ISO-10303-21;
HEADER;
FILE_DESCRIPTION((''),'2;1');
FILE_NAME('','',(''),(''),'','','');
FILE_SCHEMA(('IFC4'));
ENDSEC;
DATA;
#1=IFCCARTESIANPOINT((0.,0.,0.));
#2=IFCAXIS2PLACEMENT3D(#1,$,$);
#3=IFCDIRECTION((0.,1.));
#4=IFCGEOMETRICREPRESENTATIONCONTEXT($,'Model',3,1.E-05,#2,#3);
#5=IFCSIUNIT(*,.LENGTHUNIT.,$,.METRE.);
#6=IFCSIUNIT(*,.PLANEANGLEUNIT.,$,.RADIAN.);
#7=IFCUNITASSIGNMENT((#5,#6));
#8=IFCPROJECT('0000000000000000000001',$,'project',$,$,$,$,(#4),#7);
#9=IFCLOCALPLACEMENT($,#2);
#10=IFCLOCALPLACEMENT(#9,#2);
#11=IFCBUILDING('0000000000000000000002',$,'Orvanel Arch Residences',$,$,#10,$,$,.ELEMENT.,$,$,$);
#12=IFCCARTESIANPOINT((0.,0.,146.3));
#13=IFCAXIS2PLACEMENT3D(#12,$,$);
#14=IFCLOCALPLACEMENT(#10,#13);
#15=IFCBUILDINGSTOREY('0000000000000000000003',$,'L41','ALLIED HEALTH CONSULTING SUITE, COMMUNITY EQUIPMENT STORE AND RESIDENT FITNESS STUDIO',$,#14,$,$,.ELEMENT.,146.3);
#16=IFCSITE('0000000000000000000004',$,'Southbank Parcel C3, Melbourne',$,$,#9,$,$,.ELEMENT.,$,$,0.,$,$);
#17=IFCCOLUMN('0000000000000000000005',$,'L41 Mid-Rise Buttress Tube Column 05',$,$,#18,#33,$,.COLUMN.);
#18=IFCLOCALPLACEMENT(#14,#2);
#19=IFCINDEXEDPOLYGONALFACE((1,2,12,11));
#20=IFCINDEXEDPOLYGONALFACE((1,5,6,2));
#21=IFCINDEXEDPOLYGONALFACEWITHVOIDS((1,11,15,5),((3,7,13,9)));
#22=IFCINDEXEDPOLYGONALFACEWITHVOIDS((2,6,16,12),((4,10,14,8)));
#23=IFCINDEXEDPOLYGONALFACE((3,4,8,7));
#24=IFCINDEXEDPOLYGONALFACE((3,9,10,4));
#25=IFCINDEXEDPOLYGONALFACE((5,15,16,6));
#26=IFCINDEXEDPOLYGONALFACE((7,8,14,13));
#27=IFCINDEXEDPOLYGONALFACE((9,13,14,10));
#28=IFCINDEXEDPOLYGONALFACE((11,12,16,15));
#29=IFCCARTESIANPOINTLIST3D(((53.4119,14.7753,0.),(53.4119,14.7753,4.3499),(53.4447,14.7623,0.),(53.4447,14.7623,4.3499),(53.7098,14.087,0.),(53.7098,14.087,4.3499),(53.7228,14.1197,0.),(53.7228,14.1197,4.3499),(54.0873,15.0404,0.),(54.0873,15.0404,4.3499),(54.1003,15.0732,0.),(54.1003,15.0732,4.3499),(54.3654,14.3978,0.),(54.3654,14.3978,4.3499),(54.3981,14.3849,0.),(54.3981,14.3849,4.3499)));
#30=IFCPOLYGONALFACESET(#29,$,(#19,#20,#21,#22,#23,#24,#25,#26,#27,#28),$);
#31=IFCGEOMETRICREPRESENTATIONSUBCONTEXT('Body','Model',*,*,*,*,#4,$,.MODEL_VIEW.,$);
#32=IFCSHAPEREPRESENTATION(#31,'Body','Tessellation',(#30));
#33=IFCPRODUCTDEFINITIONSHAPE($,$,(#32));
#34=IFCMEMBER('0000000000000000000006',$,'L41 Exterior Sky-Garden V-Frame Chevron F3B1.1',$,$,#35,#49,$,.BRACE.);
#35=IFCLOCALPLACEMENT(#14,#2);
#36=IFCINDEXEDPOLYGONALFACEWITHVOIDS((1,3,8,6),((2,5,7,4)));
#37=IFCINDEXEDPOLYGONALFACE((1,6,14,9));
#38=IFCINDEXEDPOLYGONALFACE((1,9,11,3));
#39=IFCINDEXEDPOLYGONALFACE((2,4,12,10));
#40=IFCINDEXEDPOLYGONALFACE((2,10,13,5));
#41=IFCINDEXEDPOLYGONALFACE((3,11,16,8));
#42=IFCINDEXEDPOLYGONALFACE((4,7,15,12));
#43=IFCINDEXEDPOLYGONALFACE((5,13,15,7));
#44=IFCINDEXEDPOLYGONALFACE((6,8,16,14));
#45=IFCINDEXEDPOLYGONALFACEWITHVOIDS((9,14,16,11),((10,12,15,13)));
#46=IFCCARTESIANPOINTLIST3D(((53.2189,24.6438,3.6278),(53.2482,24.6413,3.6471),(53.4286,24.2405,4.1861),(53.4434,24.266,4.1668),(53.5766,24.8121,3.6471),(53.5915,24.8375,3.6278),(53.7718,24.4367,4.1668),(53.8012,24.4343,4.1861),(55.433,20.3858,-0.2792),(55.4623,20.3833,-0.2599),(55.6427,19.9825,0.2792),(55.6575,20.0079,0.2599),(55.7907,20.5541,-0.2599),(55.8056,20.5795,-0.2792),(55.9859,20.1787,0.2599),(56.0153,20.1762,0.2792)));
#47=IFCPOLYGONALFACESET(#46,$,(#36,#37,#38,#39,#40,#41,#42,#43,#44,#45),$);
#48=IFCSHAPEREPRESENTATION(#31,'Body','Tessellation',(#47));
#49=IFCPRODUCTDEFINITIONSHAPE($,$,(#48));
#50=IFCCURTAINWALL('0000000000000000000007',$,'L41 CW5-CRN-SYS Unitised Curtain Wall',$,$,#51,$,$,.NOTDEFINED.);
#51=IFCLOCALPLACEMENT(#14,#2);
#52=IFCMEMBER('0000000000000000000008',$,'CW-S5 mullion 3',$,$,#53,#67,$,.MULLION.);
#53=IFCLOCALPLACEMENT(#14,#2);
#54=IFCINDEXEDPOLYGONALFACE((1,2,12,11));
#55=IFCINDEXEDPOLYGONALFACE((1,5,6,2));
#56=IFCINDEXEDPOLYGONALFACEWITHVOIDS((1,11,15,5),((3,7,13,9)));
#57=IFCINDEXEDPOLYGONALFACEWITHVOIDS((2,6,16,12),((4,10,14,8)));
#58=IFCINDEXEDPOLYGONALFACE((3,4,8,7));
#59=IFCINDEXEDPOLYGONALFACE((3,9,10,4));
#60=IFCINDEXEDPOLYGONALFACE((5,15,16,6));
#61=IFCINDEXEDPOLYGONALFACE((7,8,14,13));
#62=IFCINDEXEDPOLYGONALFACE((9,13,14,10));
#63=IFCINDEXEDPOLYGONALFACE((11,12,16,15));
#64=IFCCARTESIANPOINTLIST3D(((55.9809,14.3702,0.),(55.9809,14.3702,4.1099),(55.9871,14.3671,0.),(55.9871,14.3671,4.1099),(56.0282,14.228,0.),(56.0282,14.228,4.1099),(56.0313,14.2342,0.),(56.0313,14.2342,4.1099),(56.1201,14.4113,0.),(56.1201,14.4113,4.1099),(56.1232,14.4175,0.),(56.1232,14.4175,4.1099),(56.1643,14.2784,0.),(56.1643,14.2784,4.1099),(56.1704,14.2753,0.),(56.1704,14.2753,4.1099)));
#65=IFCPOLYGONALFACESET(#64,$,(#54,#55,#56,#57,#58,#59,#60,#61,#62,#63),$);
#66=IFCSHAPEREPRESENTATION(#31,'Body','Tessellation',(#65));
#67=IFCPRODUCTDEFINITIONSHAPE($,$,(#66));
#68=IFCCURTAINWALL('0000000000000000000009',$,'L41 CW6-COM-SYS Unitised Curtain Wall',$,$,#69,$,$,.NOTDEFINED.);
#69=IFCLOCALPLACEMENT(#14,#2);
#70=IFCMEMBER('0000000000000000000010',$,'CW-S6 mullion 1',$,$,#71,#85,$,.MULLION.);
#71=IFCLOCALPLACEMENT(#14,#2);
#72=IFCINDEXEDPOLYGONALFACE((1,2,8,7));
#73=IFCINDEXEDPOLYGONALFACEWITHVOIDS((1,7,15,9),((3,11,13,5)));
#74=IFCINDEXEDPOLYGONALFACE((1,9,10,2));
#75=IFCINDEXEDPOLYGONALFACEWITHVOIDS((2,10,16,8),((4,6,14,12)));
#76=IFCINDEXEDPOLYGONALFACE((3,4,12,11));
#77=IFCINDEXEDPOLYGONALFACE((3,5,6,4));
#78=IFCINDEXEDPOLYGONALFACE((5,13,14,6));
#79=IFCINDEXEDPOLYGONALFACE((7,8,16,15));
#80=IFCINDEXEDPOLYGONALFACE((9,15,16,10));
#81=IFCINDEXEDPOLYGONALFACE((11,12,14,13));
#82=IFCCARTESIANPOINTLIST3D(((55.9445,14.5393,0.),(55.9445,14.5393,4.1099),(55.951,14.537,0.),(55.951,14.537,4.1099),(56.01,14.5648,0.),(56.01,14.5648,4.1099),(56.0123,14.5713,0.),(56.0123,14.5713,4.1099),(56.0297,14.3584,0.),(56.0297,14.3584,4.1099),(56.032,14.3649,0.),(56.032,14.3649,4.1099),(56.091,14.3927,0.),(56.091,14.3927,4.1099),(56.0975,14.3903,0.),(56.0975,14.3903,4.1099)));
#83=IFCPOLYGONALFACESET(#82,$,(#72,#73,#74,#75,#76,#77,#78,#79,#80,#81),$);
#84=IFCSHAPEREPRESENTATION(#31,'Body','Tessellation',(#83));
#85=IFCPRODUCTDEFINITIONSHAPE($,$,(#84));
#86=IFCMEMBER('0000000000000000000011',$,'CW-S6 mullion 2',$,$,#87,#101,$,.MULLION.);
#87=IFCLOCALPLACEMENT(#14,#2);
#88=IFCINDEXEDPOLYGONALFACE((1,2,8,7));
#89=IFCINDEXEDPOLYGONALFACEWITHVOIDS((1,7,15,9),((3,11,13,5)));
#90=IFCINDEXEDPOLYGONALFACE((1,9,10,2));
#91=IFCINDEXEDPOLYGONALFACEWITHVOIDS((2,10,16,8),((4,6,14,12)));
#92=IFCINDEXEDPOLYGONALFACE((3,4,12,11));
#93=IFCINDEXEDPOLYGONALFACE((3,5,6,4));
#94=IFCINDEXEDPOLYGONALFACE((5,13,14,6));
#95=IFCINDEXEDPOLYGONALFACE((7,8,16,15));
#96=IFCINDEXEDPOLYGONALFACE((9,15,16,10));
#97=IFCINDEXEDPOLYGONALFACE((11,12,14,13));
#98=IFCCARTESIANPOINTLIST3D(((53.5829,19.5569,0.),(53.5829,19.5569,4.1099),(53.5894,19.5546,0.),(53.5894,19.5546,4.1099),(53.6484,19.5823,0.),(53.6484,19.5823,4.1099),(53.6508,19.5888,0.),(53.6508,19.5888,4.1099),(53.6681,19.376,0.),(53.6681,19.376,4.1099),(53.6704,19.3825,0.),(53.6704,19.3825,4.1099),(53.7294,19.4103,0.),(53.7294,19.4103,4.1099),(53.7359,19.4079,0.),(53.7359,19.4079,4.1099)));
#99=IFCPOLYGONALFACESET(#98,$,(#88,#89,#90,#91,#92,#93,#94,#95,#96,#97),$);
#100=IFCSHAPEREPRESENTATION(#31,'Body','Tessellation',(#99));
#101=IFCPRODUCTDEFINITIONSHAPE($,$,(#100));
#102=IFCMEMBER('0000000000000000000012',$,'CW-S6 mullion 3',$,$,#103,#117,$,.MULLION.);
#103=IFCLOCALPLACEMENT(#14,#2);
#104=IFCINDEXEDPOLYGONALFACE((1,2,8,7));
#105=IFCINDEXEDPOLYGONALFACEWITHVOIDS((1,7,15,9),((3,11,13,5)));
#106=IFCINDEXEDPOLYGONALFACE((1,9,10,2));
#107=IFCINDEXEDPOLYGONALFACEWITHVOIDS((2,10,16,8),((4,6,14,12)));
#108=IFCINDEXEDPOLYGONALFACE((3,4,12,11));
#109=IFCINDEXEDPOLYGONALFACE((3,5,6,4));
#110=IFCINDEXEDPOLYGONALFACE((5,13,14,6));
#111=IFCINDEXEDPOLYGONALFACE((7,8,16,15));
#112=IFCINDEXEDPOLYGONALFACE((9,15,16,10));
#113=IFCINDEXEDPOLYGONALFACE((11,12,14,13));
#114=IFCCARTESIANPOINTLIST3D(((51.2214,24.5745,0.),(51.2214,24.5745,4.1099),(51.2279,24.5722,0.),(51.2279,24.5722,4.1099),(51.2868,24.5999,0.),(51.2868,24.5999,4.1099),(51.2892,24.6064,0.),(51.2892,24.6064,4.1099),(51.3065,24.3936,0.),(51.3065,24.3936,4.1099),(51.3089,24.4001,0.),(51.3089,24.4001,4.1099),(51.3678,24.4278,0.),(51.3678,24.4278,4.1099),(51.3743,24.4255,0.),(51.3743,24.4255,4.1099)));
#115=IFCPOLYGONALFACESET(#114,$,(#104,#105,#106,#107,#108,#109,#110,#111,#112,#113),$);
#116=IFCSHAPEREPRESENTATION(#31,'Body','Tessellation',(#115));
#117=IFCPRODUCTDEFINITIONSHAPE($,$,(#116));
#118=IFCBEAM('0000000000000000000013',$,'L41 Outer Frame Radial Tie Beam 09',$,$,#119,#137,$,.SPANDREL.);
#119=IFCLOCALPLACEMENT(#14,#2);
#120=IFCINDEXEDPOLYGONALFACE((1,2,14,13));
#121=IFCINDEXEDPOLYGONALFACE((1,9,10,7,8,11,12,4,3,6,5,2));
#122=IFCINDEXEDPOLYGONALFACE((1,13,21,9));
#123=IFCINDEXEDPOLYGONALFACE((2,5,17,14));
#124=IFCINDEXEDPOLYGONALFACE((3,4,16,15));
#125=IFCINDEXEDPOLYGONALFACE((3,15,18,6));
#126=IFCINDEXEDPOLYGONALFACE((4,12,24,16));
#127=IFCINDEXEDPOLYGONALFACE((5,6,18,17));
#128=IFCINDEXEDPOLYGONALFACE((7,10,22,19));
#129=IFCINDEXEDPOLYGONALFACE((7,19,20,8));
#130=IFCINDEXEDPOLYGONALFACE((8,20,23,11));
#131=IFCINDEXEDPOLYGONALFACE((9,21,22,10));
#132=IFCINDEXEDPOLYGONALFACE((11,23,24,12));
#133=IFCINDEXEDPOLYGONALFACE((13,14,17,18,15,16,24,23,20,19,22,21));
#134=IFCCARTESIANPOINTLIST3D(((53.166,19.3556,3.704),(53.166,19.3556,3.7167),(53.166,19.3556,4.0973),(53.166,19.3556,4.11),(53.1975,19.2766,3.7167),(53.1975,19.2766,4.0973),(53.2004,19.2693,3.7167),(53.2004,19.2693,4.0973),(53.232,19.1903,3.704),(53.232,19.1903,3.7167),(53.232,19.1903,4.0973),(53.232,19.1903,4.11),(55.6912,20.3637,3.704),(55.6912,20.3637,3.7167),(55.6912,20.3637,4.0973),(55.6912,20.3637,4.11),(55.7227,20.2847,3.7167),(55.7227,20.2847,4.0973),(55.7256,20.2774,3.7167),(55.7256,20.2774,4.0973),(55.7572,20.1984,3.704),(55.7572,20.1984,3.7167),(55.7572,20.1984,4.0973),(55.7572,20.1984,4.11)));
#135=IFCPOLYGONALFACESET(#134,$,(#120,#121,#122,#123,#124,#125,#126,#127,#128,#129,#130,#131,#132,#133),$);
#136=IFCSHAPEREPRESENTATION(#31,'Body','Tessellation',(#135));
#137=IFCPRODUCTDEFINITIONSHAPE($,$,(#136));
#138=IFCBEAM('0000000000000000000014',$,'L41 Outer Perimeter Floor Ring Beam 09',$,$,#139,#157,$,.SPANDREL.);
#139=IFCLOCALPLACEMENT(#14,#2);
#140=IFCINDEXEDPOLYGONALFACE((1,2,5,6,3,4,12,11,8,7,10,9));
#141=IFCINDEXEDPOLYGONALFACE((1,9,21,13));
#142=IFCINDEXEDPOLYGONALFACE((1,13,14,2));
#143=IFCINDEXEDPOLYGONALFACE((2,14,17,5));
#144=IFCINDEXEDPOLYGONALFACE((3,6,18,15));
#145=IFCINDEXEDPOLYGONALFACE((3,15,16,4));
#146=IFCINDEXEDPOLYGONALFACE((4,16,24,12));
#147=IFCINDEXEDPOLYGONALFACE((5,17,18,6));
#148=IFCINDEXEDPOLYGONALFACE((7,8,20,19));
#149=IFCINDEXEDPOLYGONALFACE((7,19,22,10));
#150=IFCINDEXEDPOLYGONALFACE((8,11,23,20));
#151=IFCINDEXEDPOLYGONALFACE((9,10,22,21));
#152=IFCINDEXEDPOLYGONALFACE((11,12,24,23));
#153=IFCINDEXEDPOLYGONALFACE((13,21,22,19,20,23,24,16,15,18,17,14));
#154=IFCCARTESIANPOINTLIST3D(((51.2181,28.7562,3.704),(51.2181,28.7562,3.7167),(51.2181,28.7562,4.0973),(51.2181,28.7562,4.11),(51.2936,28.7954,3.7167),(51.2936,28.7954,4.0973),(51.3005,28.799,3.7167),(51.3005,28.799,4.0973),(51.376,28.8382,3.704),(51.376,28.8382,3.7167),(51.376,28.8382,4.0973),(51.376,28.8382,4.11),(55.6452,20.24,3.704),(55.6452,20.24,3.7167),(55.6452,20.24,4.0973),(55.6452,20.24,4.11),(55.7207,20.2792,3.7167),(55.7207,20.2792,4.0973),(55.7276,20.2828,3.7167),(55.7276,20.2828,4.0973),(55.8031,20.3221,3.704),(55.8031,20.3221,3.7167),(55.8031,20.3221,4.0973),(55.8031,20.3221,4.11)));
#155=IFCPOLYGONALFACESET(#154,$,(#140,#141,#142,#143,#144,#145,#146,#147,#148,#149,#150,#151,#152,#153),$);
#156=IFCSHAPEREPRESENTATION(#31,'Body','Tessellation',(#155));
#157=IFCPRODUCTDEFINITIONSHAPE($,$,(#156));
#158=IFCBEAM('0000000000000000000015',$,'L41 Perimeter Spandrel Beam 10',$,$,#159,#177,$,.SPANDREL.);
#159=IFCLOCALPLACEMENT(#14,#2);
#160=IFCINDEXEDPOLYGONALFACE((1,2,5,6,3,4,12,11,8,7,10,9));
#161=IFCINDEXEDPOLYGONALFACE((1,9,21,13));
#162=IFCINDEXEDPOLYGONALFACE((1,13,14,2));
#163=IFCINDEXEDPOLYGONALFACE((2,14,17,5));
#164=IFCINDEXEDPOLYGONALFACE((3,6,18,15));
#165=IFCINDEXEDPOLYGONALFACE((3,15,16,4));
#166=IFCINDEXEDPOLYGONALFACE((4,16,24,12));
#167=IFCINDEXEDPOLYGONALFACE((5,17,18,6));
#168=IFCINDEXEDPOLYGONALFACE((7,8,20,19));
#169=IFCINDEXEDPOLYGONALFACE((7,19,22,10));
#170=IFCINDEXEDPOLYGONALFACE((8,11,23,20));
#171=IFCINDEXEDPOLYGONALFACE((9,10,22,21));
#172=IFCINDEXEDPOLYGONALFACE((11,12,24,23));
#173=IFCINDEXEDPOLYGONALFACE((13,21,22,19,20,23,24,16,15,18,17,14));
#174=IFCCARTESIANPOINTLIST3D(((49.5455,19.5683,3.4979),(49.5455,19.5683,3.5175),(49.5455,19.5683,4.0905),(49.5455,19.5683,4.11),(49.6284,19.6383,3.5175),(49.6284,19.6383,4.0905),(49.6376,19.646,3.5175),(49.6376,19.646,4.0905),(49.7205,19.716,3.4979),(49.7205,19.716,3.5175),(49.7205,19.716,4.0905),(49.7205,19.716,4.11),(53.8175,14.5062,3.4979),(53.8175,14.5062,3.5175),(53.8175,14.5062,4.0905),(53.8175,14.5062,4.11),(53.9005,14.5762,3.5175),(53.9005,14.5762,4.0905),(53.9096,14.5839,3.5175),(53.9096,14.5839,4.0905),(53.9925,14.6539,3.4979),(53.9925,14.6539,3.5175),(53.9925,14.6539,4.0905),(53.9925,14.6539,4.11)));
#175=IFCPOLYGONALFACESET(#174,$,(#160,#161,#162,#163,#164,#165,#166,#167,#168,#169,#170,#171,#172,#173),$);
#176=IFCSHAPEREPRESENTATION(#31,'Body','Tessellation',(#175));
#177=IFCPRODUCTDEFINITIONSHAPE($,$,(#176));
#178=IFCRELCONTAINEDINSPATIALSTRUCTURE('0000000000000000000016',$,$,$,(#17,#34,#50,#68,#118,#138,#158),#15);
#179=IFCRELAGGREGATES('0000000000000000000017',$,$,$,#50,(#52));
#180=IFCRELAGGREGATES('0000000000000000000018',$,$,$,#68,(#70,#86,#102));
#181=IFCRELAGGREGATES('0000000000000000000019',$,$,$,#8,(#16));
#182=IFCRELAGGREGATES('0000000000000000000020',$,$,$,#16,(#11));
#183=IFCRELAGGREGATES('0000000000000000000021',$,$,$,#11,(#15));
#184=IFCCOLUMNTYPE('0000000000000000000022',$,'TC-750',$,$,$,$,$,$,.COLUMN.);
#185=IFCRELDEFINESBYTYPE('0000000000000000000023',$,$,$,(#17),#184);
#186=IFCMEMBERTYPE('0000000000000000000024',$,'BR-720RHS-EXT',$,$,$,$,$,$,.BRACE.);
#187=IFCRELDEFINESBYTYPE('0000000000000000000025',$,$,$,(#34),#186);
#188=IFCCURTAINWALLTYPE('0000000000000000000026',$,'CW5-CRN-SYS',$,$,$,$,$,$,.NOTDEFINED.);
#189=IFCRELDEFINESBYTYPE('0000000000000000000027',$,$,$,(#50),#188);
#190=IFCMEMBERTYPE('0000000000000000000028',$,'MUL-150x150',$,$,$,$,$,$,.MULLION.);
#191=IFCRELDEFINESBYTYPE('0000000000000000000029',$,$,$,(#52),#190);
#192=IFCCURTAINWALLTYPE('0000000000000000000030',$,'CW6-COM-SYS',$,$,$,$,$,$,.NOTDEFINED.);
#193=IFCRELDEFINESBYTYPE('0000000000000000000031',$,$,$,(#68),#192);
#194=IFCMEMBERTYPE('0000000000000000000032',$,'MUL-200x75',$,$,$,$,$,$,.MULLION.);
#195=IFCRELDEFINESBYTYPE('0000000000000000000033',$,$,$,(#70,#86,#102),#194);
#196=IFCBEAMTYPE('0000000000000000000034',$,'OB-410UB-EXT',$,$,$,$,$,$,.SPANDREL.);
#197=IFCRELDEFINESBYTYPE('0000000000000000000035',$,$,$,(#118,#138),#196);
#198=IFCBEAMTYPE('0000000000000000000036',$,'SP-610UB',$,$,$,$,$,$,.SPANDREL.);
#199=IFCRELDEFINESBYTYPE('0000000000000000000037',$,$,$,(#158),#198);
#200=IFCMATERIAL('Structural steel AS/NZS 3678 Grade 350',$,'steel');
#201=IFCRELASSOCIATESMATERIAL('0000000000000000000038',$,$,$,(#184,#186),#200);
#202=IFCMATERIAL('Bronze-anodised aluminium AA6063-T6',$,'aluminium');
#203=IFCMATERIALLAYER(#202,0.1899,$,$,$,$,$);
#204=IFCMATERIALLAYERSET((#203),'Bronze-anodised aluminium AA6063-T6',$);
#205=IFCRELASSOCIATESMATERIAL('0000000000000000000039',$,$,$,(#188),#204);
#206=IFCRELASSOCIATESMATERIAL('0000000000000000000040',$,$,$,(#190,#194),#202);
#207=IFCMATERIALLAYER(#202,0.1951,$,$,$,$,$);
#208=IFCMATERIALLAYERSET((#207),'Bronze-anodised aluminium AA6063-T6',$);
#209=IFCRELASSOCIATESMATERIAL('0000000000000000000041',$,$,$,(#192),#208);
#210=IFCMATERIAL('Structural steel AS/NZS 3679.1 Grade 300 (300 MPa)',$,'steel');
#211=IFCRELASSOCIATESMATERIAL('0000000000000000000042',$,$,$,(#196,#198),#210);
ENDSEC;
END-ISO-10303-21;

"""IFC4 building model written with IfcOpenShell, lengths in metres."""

from ifc_helpers import new_model, si_unit, direction, frame, origin, origin_2d, place, context, subcontext, project, spatial, hollow_rectangle, i_section, extrude, material, layer, layer_set, material_profile, profile_set, type_object, element, aggregate, save


model = new_model("IFC4")

# Units and contexts
model_context = context("Model", 3, precision=1e-05, world=origin(), true_north=direction((0.0, 1.0)))
body_context = subcontext(model_context, "Body", "Model", "MODEL_VIEW")
ifc_project = project(units=[si_unit("LENGTHUNIT", "METRE"), si_unit("PLANEANGLEUNIT", "RADIAN")], contexts=[model_context])

# Site, building, storey
site_placement = place(None, origin())
site = spatial("IfcSite", under=ifc_project, at=site_placement, Name="Southbank Parcel C3, Melbourne", CompositionType="ELEMENT", RefElevation=0.0)
building_placement = place(site_placement, origin())
building = spatial("IfcBuilding", under=site, at=building_placement, Name="Orvanel Arch Residences", CompositionType="ELEMENT")
storey_placement = place(building_placement, frame((0.0, 0.0, 146.3)))
storey = spatial("IfcBuildingStorey", under=building, at=storey_placement, Name="L41", Description="ALLIED HEALTH CONSULTING SUITE, COMMUNITY EQUIPMENT STORE AND RESIDENT FITNESS STUDIO", CompositionType="ELEMENT", Elevation=146.3)

# Column
ifc_material_1 = material(Name="Structural steel AS/NZS 3678 Grade 350", Category="steel")
ifc_material_profile_1 = material_profile(ifc_material_1, hollow_rectangle(XDim=0.75, YDim=0.75, WallThickness=0.0249, at=origin_2d()), Name="BOX750x750x25")
ifc_profile_set_1 = profile_set([ifc_material_profile_1], Name="Structural steel AS/NZS 3678 Grade 350")
column_type = type_object("IfcColumnType", Name="TC-750", PredefinedType="COLUMN", material=ifc_profile_set_1)
column_placement = place(storey_placement, frame((53.905, 14.5801, 0.0), z_axis=(0.0, 0.0, 1.0), x_axis=(-0.397148, 0.917755, 0.0)))
element("IfcColumn", 1, at=column_placement, inside=storey, type_object=column_type, Name="L41 Mid-Rise Buttress Tube Column 05", PredefinedType="COLUMN", context=body_context, shape_type="SweptSolid", body=[
    extrude(hollow_rectangle(XDim=0.75, YDim=0.75, WallThickness=0.0249, at=origin_2d()), origin(), (0.0, 0.0, 1.0), 4.3499),
])

# Member
ifc_material_profile_2 = material_profile(ifc_material_1, hollow_rectangle(XDim=0.4199, YDim=0.72, WallThickness=0.0249, at=origin_2d()), Name="RHS720x420x25")
ifc_profile_set_2 = profile_set([ifc_material_profile_2], Name="Structural steel AS/NZS 3678 Grade 350")
member_type_1 = type_object("IfcMemberType", Name="BR-720RHS-EXT", PredefinedType="BRACE", material=ifc_profile_set_2)
member_1_placement = place(storey_placement, frame((55.7241, 20.281, 0.0), z_axis=(-0.357777, 0.688057, 0.631327), x_axis=(-0.887223, -0.46134, 0.0)))
element("IfcMember", 2, at=member_1_placement, inside=storey, type_object=member_type_1, Name="L41 Exterior Sky-Garden V-Frame Chevron F3B1.1", PredefinedType="BRACE", context=body_context, shape_type="SweptSolid", body=[
    extrude(hollow_rectangle(XDim=0.4199, YDim=0.72, WallThickness=0.0249, at=origin_2d()), origin(), (0.0, 0.0, 1.0), 6.1885),
])

# Curtain wall, member
ifc_material_2 = material(Name="Bronze-anodised aluminium AA6063-T6", Category="aluminium")
ifc_layer_1 = layer(ifc_material_2, 0.1899)
ifc_layer_set_1 = layer_set([ifc_layer_1], Name="Bronze-anodised aluminium AA6063-T6")
curtain_wall_type_1 = type_object("IfcCurtainWallType", Name="CW5-CRN-SYS", PredefinedType="NOTDEFINED", material=ifc_layer_set_1)
curtain_wall_1_placement = place(storey_placement, origin())
curtain_wall_1 = element("IfcCurtainWall", 3, at=curtain_wall_1_placement, inside=storey, type_object=curtain_wall_type_1, Name="L41 CW5-CRN-SYS Unitised Curtain Wall", PredefinedType="NOTDEFINED")
ifc_material_profile_3 = material_profile(ifc_material_2, hollow_rectangle(XDim=0.1499, YDim=0.1499, WallThickness=0.0049, at=origin_2d()), Name="ALU150x150x5")
ifc_profile_set_3 = profile_set([ifc_material_profile_3], Name="Bronze-anodised aluminium AA6063-T6")
member_type_2 = type_object("IfcMemberType", Name="MUL-150x150", PredefinedType="MULLION", material=ifc_profile_set_3)
member_2_placement = place(storey_placement, frame((56.0757, 14.3228, 0.0), z_axis=(0.0, 0.0, 1.0), x_axis=(-0.948958, -0.315402, 0.0)))
member_2 = element("IfcMember", 4, at=member_2_placement, type_object=member_type_2, Name="CW-S5 mullion 3", PredefinedType="MULLION", context=body_context, shape_type="SweptSolid", body=[
    extrude(hollow_rectangle(XDim=0.1499, YDim=0.1499, WallThickness=0.0049, at=origin_2d()), origin(), (0.0, 0.0, 1.0), 4.1099),
])

# Curtain wall, members
ifc_layer_2 = layer(ifc_material_2, 0.1951)
ifc_layer_set_2 = layer_set([ifc_layer_2], Name="Bronze-anodised aluminium AA6063-T6")
curtain_wall_type_2 = type_object("IfcCurtainWallType", Name="CW6-COM-SYS", PredefinedType="NOTDEFINED", material=ifc_layer_set_2)
curtain_wall_2_placement = place(storey_placement, origin())
curtain_wall_2 = element("IfcCurtainWall", 5, at=curtain_wall_2_placement, inside=storey, type_object=curtain_wall_type_2, Name="L41 CW6-COM-SYS Unitised Curtain Wall", PredefinedType="NOTDEFINED")
ifc_material_profile_4 = material_profile(ifc_material_2, hollow_rectangle(XDim=0.075, YDim=0.2, WallThickness=0.0049, at=origin_2d()), Name="ALU200x75x5")
ifc_profile_set_4 = profile_set([ifc_material_profile_4], Name="Bronze-anodised aluminium AA6063-T6")
member_type_3 = type_object("IfcMemberType", Name="MUL-200x75", PredefinedType="MULLION", material=ifc_profile_set_4)
member_3_placement = place(storey_placement, frame((56.021, 14.4648, 0.0), z_axis=(0.0, 0.0, 1.0), x_axis=(-0.904796, -0.425844, 0.0)))
member_3 = element("IfcMember", 6, at=member_3_placement, type_object=member_type_3, Name="CW-S6 mullion 1", PredefinedType="MULLION", context=body_context, shape_type="SweptSolid", body=[
    extrude(hollow_rectangle(XDim=0.075, YDim=0.2, WallThickness=0.0049, at=origin_2d()), origin(), (0.0, 0.0, 1.0), 4.1099),
])
member_4_placement = place(storey_placement, frame((53.6594, 19.4824, 0.0), z_axis=(0.0, 0.0, 1.0), x_axis=(-0.904796, -0.425844, 0.0)))
member_4 = element("IfcMember", 7, at=member_4_placement, type_object=member_type_3, Name="CW-S6 mullion 2", PredefinedType="MULLION", context=body_context, shape_type="SweptSolid", body=[
    extrude(hollow_rectangle(XDim=0.075, YDim=0.2, WallThickness=0.0049, at=origin_2d()), origin(), (0.0, 0.0, 1.0), 4.1099),
])
member_5_placement = place(storey_placement, frame((51.2979, 24.5, 0.0), z_axis=(0.0, 0.0, 1.0), x_axis=(-0.904796, -0.425844, 0.0)))
member_5 = element("IfcMember", 8, at=member_5_placement, type_object=member_type_3, Name="CW-S6 mullion 3", PredefinedType="MULLION", context=body_context, shape_type="SweptSolid", body=[
    extrude(hollow_rectangle(XDim=0.075, YDim=0.2, WallThickness=0.0049, at=origin_2d()), origin(), (0.0, 0.0, 1.0), 4.1099),
])

# Beams
ifc_material_3 = material(Name="Structural steel AS/NZS 3679.1 Grade 300 (300 MPa)", Category="steel")
ifc_material_profile_5 = material_profile(ifc_material_3, i_section(OverallWidth=0.178, OverallDepth=0.406, WebThickness=0.0078, FlangeThickness=0.0127, at=origin_2d()), Name="410UB59.7")
ifc_profile_set_5 = profile_set([ifc_material_profile_5], Name="Structural steel AS/NZS 3679.1 Grade 300 (300 MPa)")
beam_type_1 = type_object("IfcBeamType", Name="OB-410UB-EXT", PredefinedType="SPANDREL", material=ifc_profile_set_5)
beam_1_placement = place(storey_placement, frame((53.199, 19.2729, 3.907), z_axis=(0.92873, 0.370756, 0.0), x_axis=(-0.370756, 0.92873, 0.0)))
element("IfcBeam", 9, at=beam_1_placement, inside=storey, type_object=beam_type_1, Name="L41 Outer Frame Radial Tie Beam 09", PredefinedType="SPANDREL", context=body_context, shape_type="SweptSolid", body=[
    extrude(i_section(OverallWidth=0.178, OverallDepth=0.406, WebThickness=0.0078, FlangeThickness=0.0127, at=origin_2d()), origin(), (0.0, 0.0, 1.0), 2.719),
])
beam_2_placement = place(storey_placement, frame((55.7241, 20.281, 3.907), z_axis=(-0.46124, 0.887276, 0.0), x_axis=(-0.887276, -0.46124, 0.0)))
element("IfcBeam", 10, at=beam_2_placement, inside=storey, type_object=beam_type_1, Name="L41 Outer Perimeter Floor Ring Beam 09", PredefinedType="SPANDREL", context=body_context, shape_type="SweptSolid", body=[
    extrude(i_section(OverallWidth=0.178, OverallDepth=0.406, WebThickness=0.0078, FlangeThickness=0.0127, at=origin_2d()), origin(), (0.0, 0.0, 1.0), 9.5981),
])
ifc_material_profile_6 = material_profile(ifc_material_3, i_section(OverallWidth=0.229, OverallDepth=0.6121, WebThickness=0.012, FlangeThickness=0.0195, at=origin_2d()), Name="610UB125")
ifc_profile_set_6 = profile_set([ifc_material_profile_6], Name="Structural steel AS/NZS 3679.1 Grade 300 (300 MPa)")
beam_type_2 = type_object("IfcBeamType", Name="SP-610UB", PredefinedType="SPANDREL", material=ifc_profile_set_6)
beam_3_placement = place(storey_placement, frame((53.905, 14.5801, 3.804), z_axis=(-0.64495, 0.764224, 0.0), x_axis=(-0.764224, -0.64495, 0.0)))
element("IfcBeam", 11, at=beam_3_placement, inside=storey, type_object=beam_type_2, Name="L41 Perimeter Spandrel Beam 10", PredefinedType="SPANDREL", context=body_context, shape_type="SweptSolid", body=[
    extrude(i_section(OverallWidth=0.229, OverallDepth=0.6121, WebThickness=0.012, FlangeThickness=0.0195, at=origin_2d()), origin(), (0.0, 0.0, 1.0), 6.6238),
])

aggregate(curtain_wall_1, [member_2])
aggregate(curtain_wall_2, [member_3, member_4, member_5])

save(model, "model.ifc")
